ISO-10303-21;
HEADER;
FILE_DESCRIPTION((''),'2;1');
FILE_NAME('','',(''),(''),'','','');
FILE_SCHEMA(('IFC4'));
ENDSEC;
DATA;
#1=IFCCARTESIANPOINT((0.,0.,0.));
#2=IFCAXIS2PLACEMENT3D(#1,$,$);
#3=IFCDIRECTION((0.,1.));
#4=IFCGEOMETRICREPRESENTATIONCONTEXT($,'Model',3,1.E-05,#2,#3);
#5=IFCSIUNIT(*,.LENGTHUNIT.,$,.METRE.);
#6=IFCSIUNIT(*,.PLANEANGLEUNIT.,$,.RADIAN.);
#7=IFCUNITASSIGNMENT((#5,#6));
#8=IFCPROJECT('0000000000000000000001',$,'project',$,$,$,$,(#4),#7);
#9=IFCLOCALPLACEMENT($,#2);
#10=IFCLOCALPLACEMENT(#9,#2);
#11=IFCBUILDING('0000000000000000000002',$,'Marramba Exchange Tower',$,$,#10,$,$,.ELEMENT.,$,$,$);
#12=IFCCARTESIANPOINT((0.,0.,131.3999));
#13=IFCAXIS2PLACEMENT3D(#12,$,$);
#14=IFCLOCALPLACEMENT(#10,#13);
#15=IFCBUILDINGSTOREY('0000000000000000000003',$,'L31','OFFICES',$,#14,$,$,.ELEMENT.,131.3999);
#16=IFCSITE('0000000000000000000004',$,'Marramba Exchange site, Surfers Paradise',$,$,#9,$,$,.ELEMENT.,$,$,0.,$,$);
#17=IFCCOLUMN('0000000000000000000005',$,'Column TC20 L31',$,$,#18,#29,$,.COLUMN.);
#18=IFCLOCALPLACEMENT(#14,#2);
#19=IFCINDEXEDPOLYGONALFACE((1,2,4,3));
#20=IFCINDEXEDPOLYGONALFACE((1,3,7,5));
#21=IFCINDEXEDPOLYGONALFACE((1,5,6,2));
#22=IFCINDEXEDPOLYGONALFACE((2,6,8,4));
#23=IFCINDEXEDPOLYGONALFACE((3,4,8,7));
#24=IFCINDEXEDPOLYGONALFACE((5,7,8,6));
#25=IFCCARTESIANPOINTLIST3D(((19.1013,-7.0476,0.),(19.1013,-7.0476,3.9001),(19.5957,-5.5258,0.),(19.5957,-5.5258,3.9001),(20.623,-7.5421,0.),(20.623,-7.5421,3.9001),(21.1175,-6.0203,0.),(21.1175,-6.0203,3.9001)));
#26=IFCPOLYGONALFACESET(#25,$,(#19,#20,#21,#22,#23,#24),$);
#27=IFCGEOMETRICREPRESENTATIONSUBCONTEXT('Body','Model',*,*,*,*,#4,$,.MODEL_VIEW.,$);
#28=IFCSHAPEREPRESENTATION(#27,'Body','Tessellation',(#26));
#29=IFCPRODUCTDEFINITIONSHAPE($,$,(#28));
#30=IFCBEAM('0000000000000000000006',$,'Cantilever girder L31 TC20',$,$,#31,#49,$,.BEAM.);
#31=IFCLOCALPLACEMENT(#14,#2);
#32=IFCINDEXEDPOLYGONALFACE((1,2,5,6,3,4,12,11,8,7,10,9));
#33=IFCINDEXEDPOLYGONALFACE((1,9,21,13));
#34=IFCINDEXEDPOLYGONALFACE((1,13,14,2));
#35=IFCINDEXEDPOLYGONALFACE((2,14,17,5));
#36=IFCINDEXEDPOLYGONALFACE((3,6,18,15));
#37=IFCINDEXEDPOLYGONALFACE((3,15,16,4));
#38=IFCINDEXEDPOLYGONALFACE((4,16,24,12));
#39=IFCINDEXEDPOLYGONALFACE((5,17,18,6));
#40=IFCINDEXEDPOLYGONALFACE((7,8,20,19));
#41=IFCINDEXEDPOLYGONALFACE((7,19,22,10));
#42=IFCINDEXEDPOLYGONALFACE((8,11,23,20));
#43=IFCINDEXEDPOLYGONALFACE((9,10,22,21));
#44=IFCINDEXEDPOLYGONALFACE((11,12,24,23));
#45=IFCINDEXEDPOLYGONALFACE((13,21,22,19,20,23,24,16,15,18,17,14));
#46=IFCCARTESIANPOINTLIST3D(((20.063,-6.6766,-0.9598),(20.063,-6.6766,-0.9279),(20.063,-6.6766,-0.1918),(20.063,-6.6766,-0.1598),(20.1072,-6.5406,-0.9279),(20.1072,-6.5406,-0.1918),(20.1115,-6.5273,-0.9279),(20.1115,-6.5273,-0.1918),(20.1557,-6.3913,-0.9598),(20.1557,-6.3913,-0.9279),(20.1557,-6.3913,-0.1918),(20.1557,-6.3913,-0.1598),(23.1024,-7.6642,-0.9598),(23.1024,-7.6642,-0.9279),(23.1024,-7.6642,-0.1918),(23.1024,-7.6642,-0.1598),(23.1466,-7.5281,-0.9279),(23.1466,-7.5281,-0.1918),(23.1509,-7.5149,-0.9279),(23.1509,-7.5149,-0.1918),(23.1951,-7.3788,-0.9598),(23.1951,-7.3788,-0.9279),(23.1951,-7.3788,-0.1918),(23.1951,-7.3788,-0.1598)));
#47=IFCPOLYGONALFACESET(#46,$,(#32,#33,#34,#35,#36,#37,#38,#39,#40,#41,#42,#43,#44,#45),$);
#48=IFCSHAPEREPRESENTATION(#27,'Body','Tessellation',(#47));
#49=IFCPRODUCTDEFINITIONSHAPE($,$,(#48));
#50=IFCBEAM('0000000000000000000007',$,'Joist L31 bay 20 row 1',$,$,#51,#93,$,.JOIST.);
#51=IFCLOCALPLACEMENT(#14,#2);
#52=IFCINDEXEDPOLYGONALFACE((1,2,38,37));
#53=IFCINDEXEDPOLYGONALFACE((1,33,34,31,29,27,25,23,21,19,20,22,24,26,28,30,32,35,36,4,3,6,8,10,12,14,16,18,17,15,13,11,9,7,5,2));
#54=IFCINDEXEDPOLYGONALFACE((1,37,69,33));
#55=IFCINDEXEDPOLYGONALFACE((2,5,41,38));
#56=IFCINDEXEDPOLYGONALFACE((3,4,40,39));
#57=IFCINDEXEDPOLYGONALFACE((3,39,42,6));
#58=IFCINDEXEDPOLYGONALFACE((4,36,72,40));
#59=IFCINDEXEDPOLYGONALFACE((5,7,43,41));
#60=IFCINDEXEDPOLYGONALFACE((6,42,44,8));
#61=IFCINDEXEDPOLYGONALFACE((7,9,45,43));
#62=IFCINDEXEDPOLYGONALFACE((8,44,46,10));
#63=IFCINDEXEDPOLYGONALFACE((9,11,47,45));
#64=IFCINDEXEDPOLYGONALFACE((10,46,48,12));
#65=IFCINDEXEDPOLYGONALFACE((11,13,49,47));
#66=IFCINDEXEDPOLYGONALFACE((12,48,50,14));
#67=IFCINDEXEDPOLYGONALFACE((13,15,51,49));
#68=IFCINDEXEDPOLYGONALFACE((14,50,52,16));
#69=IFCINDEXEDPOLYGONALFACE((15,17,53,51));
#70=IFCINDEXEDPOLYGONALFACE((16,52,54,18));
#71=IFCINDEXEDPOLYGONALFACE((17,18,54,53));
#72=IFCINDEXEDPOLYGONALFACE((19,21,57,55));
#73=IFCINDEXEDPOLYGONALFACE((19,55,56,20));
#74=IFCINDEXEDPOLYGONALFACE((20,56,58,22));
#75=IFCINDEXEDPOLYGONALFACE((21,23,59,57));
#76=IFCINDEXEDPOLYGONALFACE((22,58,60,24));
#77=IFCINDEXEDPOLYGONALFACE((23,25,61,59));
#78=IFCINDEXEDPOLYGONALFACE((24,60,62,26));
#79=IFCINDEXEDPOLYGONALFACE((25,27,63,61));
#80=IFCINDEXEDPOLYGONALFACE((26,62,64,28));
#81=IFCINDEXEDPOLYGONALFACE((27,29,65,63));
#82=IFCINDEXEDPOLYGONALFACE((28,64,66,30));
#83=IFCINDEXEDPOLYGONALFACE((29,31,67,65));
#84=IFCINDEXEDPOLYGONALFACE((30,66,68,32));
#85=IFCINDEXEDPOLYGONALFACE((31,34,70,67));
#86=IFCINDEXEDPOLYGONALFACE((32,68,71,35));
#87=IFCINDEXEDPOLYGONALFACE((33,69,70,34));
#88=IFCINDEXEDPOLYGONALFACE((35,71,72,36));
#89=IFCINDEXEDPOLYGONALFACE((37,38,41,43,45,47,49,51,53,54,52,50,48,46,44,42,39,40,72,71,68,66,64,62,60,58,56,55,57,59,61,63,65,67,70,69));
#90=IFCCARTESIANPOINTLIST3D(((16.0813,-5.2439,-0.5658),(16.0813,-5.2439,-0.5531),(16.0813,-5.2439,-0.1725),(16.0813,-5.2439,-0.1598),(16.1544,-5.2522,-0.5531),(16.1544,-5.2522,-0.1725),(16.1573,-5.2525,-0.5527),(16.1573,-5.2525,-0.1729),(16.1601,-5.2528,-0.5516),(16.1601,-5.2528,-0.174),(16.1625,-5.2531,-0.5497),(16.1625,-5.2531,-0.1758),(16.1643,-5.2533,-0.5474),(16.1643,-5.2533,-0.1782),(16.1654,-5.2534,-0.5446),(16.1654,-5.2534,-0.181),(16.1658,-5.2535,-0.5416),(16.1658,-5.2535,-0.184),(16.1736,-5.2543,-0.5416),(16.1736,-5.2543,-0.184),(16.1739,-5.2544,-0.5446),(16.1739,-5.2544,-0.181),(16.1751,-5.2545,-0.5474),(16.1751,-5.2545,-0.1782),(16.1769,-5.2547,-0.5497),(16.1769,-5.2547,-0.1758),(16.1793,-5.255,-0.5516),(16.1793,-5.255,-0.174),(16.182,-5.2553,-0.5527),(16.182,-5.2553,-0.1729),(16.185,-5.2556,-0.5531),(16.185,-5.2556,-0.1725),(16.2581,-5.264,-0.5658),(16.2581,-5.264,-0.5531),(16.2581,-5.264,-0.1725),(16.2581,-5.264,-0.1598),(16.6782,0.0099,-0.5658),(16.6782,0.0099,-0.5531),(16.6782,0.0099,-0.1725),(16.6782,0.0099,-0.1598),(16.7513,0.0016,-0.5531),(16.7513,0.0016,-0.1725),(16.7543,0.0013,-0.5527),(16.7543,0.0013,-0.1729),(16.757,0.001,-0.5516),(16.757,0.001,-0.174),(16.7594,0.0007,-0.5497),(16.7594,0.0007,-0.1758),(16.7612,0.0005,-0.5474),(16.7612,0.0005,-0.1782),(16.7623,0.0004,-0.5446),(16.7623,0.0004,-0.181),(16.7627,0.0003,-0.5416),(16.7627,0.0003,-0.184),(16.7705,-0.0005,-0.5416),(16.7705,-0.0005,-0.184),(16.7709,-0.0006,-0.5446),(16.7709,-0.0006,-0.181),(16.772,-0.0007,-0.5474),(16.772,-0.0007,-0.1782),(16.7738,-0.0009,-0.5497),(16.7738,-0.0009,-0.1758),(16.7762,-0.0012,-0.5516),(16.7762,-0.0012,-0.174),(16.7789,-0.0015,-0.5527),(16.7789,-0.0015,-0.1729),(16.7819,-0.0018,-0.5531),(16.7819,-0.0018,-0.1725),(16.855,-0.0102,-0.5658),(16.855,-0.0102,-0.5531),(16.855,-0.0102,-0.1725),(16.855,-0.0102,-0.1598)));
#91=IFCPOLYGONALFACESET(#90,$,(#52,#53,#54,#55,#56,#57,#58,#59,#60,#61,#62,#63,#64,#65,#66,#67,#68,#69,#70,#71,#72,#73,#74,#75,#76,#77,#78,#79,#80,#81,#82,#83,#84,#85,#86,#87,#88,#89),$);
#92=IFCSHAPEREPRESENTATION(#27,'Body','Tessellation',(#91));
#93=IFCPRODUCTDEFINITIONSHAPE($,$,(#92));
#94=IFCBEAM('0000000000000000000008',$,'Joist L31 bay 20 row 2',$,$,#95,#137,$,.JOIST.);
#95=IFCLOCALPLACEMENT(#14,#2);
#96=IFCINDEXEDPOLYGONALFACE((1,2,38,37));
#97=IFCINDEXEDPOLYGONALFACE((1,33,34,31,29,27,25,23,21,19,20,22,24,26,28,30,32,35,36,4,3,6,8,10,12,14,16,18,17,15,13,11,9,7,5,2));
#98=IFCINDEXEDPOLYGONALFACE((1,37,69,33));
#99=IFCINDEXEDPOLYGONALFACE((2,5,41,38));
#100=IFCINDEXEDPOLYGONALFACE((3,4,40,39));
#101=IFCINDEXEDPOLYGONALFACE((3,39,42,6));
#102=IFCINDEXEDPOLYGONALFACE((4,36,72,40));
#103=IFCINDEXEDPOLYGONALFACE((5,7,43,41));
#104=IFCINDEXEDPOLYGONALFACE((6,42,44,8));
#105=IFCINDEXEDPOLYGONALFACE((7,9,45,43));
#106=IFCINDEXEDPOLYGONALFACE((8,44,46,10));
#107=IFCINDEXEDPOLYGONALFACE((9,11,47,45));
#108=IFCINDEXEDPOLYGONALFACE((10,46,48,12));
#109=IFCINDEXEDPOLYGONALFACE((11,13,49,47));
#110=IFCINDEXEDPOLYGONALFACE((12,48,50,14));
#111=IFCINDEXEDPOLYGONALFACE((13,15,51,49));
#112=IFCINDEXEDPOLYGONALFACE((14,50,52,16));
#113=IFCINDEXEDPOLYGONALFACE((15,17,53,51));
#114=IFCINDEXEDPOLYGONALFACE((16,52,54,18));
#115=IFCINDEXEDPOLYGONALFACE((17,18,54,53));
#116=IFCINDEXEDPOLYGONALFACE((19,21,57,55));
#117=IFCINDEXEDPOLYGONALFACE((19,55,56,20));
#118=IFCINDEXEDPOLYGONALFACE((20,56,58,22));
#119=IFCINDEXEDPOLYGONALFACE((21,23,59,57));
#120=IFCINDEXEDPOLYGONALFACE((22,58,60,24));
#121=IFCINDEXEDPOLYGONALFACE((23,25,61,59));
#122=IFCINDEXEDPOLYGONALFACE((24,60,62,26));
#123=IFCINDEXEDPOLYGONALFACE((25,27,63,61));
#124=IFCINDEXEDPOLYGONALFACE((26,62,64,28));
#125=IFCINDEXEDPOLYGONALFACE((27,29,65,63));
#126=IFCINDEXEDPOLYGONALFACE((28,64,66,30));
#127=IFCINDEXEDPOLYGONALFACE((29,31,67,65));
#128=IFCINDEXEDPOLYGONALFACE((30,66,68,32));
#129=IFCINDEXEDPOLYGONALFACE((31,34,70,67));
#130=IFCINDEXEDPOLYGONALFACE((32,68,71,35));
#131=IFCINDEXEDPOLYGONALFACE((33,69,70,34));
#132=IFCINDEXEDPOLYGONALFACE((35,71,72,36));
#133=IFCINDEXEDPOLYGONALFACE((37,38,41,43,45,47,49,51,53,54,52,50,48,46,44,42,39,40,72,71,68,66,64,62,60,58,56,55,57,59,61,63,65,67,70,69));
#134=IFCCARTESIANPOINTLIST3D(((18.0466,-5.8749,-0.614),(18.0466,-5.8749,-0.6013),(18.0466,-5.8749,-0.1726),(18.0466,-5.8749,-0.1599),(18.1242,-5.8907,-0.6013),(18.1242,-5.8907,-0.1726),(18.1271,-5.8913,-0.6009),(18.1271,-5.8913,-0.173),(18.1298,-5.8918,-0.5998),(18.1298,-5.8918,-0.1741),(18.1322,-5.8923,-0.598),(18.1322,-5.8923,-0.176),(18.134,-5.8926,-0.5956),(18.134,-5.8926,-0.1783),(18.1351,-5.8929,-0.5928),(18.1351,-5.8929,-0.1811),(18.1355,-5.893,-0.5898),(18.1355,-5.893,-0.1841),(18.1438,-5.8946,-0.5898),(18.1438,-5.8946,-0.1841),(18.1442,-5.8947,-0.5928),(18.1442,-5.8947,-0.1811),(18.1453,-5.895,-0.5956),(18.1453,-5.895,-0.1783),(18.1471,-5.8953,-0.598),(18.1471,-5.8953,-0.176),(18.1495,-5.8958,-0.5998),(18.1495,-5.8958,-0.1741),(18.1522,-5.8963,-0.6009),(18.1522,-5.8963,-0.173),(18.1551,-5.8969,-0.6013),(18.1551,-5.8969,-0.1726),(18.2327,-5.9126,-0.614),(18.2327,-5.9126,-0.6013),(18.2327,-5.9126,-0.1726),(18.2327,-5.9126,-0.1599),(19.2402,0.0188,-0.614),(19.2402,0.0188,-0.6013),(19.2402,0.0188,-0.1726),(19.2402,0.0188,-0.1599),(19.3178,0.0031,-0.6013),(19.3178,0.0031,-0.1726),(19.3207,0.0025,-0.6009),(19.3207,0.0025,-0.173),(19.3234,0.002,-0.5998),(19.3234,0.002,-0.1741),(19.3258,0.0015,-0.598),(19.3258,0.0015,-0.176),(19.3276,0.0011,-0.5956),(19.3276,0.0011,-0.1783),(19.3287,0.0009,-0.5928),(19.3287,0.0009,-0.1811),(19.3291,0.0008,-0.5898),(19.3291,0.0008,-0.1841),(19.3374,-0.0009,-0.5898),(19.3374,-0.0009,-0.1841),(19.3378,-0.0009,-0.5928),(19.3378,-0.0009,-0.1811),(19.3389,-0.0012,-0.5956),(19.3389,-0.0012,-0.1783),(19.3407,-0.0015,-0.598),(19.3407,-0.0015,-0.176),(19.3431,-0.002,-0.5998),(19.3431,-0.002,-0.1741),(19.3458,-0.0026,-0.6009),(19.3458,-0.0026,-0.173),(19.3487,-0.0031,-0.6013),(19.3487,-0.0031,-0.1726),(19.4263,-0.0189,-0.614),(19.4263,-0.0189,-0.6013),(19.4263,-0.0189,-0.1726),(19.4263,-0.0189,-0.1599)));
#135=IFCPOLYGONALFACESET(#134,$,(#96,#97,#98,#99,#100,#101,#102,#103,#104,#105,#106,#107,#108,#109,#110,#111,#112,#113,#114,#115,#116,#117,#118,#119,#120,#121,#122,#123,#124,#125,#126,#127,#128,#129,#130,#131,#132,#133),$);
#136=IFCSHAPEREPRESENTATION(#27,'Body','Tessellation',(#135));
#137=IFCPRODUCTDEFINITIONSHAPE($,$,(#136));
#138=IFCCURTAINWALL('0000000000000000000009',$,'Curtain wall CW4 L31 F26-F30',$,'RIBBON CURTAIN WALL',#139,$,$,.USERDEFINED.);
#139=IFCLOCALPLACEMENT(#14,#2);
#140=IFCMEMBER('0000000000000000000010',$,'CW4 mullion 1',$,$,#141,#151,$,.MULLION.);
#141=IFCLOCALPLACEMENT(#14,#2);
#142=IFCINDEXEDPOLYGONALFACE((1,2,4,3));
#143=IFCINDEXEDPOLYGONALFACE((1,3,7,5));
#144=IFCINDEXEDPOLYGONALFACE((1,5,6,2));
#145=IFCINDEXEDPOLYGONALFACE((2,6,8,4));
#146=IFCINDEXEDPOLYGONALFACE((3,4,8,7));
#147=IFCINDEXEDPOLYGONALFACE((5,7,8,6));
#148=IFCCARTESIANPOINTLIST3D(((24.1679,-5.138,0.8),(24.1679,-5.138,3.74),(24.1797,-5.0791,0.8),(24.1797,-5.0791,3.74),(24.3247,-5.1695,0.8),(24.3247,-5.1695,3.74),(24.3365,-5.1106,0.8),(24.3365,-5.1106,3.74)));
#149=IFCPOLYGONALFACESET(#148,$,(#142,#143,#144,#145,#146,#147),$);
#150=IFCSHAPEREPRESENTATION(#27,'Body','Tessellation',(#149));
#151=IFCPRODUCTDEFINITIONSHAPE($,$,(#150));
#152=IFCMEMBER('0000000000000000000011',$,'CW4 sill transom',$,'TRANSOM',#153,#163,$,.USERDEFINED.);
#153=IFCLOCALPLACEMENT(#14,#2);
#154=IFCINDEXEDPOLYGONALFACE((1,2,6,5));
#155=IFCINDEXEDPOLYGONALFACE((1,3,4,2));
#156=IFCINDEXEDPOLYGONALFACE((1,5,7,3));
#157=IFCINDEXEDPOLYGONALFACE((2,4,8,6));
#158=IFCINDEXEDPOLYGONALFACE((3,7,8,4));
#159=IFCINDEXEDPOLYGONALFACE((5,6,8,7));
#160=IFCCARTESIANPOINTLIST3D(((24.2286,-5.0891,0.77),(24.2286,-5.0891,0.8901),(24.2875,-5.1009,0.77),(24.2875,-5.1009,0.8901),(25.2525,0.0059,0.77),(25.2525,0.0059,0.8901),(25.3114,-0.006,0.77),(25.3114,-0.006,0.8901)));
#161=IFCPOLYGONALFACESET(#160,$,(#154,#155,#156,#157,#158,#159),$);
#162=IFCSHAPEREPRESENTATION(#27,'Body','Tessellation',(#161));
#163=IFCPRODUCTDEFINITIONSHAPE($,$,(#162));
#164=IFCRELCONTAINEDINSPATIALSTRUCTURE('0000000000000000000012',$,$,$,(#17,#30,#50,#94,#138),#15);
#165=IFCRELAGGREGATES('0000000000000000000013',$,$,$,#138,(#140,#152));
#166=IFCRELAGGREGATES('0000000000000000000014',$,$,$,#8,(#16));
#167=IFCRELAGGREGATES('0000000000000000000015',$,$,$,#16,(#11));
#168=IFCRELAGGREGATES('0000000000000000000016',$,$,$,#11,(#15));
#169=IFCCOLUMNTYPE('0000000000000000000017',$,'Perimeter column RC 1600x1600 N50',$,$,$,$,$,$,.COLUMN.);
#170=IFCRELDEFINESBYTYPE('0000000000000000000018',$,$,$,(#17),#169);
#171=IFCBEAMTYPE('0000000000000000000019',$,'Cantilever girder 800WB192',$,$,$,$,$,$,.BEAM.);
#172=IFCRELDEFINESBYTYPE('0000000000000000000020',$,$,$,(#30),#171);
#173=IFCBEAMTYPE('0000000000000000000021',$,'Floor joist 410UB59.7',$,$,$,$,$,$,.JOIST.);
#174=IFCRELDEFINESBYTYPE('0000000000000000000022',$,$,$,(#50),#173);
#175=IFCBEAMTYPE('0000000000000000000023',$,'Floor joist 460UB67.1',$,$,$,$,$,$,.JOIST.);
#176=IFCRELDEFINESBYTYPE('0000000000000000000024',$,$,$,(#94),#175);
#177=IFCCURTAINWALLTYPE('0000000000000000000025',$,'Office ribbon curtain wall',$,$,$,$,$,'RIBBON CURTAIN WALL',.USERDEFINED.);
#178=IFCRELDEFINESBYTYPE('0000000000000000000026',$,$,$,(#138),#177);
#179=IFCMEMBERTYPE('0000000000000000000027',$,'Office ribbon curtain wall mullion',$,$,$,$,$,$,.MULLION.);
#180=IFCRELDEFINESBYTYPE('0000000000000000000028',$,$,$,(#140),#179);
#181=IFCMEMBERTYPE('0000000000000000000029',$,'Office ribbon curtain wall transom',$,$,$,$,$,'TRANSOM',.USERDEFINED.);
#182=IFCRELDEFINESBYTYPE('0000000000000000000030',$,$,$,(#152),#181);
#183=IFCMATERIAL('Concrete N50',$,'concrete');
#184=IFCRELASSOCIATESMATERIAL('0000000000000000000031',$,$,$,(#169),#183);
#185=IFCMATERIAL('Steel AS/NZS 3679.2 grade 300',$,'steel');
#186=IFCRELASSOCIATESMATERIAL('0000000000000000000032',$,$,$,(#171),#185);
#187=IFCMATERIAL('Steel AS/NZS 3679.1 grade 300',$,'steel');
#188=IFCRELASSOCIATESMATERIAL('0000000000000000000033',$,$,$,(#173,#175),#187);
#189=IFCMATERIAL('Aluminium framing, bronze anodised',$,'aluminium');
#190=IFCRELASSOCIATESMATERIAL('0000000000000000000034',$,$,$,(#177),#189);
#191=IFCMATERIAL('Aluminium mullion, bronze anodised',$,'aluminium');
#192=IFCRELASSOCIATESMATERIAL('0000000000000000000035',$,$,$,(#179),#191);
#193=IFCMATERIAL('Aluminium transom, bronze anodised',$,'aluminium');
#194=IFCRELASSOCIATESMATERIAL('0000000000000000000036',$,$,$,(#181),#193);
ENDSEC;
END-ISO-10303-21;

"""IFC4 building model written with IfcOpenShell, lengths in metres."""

from ifc_helpers import new_model, si_unit, direction, frame, origin, origin_2d, place, context, subcontext, project, spatial, rectangle, i_section, extrude, material, material_profile, profile_set, type_object, element, aggregate, save


model = new_model("IFC4")

# Units and contexts
model_context = context("Model", 3, precision=1e-05, world=origin(), true_north=direction((0.0, 1.0)))
body_context = subcontext(model_context, "Body", "Model", "MODEL_VIEW")
ifc_project = project(units=[si_unit("LENGTHUNIT", "METRE"), si_unit("PLANEANGLEUNIT", "RADIAN")], contexts=[model_context])

# Site, building, storey
site_placement = place(None, origin())
site = spatial("IfcSite", under=ifc_project, at=site_placement, Name="Marramba Exchange site, Surfers Paradise", CompositionType="ELEMENT", RefElevation=0.0)
building_placement = place(site_placement, origin())
building = spatial("IfcBuilding", under=site, at=building_placement, Name="Marramba Exchange Tower", CompositionType="ELEMENT")
storey_placement = place(building_placement, frame((0.0, 0.0, 131.3999)))
storey = spatial("IfcBuildingStorey", under=building, at=storey_placement, Name="L31", Description="OFFICES", CompositionType="ELEMENT", Elevation=131.3999)

# Column
ifc_material_1 = material(Name="Concrete N50", Category="concrete")
ifc_material_profile_1 = material_profile(ifc_material_1, rectangle(XDim=1.6001, YDim=1.6001, at=origin_2d()), Name="RC 1600x1600")
ifc_profile_set_1 = profile_set([ifc_material_profile_1], Name="Concrete N50")
column_type = type_object("IfcColumnType", Name="Perimeter column RC 1600x1600 N50", PredefinedType="COLUMN", material=ifc_profile_set_1)
column_placement = place(storey_placement, frame((20.1094, -6.5339, 0.0), z_axis=(0.0, 0.0, 1.0), x_axis=(0.951057, -0.309017, 0.0)))
element("IfcColumn", 1, at=column_placement, inside=storey, type_object=column_type, Name="Column TC20 L31", PredefinedType="COLUMN", context=body_context, shape_type="SweptSolid", body=[
    extrude(rectangle(XDim=1.6001, YDim=1.6001, at=origin_2d()), origin(), (0.0, 0.0, 1.0), 3.9001),
])

# Beams
ifc_material_2 = material(Name="Steel AS/NZS 3679.2 grade 300", Category="steel")
ifc_material_profile_2 = material_profile(ifc_material_2, i_section(OverallWidth=0.3, OverallDepth=0.8, WebThickness=0.0139, FlangeThickness=0.032, at=origin_2d()), Name="800WB192")
ifc_profile_set_2 = profile_set([ifc_material_profile_2], Name="Steel AS/NZS 3679.2 grade 300")
beam_type_1 = type_object("IfcBeamType", Name="Cantilever girder 800WB192", PredefinedType="BEAM", material=ifc_profile_set_2)
beam_1_placement = place(storey_placement, frame((20.1094, -6.5339, -0.5598), z_axis=(0.951055, -0.309022, 0.0), x_axis=(0.309022, 0.951055, 0.0)))
element("IfcBeam", 2, at=beam_1_placement, inside=storey, type_object=beam_type_1, Name="Cantilever girder L31 TC20", PredefinedType="BEAM", context=body_context, shape_type="SweptSolid", body=[
    extrude(i_section(OverallWidth=0.3, OverallDepth=0.8, WebThickness=0.0139, FlangeThickness=0.032, at=origin_2d()), origin(), (0.0, 0.0, 1.0), 3.1958),
])
ifc_material_3 = material(Name="Steel AS/NZS 3679.1 grade 300", Category="steel")
ifc_material_profile_3 = material_profile(ifc_material_3, i_section(OverallWidth=0.178, OverallDepth=0.406, WebThickness=0.0078, FlangeThickness=0.0127, FilletRadius=0.0115, at=origin_2d()), Name="410UB59.7")
ifc_profile_set_3 = profile_set([ifc_material_profile_3], Name="Steel AS/NZS 3679.1 grade 300")
beam_type_2 = type_object("IfcBeamType", Name="Floor joist 410UB59.7", PredefinedType="JOIST", material=ifc_profile_set_3)
beam_2_placement = place(storey_placement, frame((16.1697, -5.2539, -0.3628), z_axis=(0.112889, 0.993608, 0.0), x_axis=(-0.993608, 0.112889, 0.0)))
element("IfcBeam", 3, at=beam_2_placement, inside=storey, type_object=beam_type_2, Name="Joist L31 bay 20 row 1", PredefinedType="JOIST", context=body_context, shape_type="SweptSolid", body=[
    extrude(i_section(OverallWidth=0.178, OverallDepth=0.406, WebThickness=0.0078, FlangeThickness=0.0127, FilletRadius=0.0115, at=origin_2d()), origin(), (0.0, 0.0, 1.0), 5.2876),
])
ifc_material_profile_4 = material_profile(ifc_material_3, i_section(OverallWidth=0.1899, OverallDepth=0.4541, WebThickness=0.0085, FlangeThickness=0.0127, FilletRadius=0.0115, at=origin_2d()), Name="460UB67.1")
ifc_profile_set_4 = profile_set([ifc_material_profile_4], Name="Steel AS/NZS 3679.1 grade 300")
beam_type_3 = type_object("IfcBeamType", Name="Floor joist 460UB67.1", PredefinedType="JOIST", material=ifc_profile_set_4)
beam_3_placement = place(storey_placement, frame((18.1396, -5.8938, -0.387), z_axis=(0.198489, 0.980103, 0.0), x_axis=(-0.980103, 0.198489, 0.0)))
element("IfcBeam", 4, at=beam_3_placement, inside=storey, type_object=beam_type_3, Name="Joist L31 bay 20 row 2", PredefinedType="JOIST", context=body_context, shape_type="SweptSolid", body=[
    extrude(i_section(OverallWidth=0.1899, OverallDepth=0.4541, WebThickness=0.0085, FlangeThickness=0.0127, FilletRadius=0.0115, at=origin_2d()), origin(), (0.0, 0.0, 1.0), 6.0134),
])

# Curtain wall, members
ifc_material_4 = material(Name="Aluminium framing, bronze anodised", Category="aluminium")
curtain_wall_type = type_object("IfcCurtainWallType", Name="Office ribbon curtain wall", ElementType="RIBBON CURTAIN WALL", PredefinedType="USERDEFINED", material=ifc_material_4)
curtain_wall_placement = place(storey_placement, origin())
curtain_wall = element("IfcCurtainWall", 5, at=curtain_wall_placement, inside=storey, type_object=curtain_wall_type, Name="Curtain wall CW4 L31 F26-F30", ObjectType="RIBBON CURTAIN WALL", PredefinedType="USERDEFINED")
ifc_material_5 = material(Name="Aluminium mullion, bronze anodised", Category="aluminium")
ifc_material_profile_5 = material_profile(ifc_material_5, rectangle(XDim=0.1599, YDim=0.0601, at=origin_2d()), Name="CW4 mullion 60x160")
ifc_profile_set_5 = profile_set([ifc_material_profile_5], Name="Aluminium mullion, bronze anodised")
member_type_1 = type_object("IfcMemberType", Name="Office ribbon curtain wall mullion", PredefinedType="MULLION", material=ifc_profile_set_5)
member_1_placement = place(storey_placement, frame((24.2522, -5.1243, 0.8), z_axis=(0.0, 0.0, 1.0), x_axis=(-0.980394, 0.197049, 0.0)))
member_1 = element("IfcMember", 6, at=member_1_placement, type_object=member_type_1, Name="CW4 mullion 1", PredefinedType="MULLION", context=body_context, shape_type="SweptSolid", body=[
    extrude(rectangle(XDim=0.1599, YDim=0.0601, at=origin_2d()), origin(), (0.0, 0.0, 1.0), 2.9399),
])
ifc_material_6 = material(Name="Aluminium transom, bronze anodised", Category="aluminium")
ifc_material_profile_6 = material_profile(ifc_material_6, rectangle(XDim=0.0601, YDim=0.1201, at=origin_2d()), Name="CW4 transom 60x120")
ifc_profile_set_6 = profile_set([ifc_material_profile_6], Name="Aluminium transom, bronze anodised")
member_type_2 = type_object("IfcMemberType", Name="Office ribbon curtain wall transom", ElementType="TRANSOM", PredefinedType="USERDEFINED", material=ifc_profile_set_6)
member_2_placement = place(storey_placement, frame((24.2581, -5.095, 0.8301), z_axis=(0.197029, 0.980398, 0.0), x_axis=(-0.980398, 0.197029, 0.0)))
member_2 = element("IfcMember", 7, at=member_2_placement, type_object=member_type_2, Name="CW4 sill transom", ObjectType="TRANSOM", PredefinedType="USERDEFINED", context=body_context, shape_type="SweptSolid", body=[
    extrude(rectangle(XDim=0.0601, YDim=0.1201, at=origin_2d()), origin(), (0.0, 0.0, 1.0), 5.1968),
])

aggregate(curtain_wall, [member_1, member_2])

save(model, "model.ifc")
